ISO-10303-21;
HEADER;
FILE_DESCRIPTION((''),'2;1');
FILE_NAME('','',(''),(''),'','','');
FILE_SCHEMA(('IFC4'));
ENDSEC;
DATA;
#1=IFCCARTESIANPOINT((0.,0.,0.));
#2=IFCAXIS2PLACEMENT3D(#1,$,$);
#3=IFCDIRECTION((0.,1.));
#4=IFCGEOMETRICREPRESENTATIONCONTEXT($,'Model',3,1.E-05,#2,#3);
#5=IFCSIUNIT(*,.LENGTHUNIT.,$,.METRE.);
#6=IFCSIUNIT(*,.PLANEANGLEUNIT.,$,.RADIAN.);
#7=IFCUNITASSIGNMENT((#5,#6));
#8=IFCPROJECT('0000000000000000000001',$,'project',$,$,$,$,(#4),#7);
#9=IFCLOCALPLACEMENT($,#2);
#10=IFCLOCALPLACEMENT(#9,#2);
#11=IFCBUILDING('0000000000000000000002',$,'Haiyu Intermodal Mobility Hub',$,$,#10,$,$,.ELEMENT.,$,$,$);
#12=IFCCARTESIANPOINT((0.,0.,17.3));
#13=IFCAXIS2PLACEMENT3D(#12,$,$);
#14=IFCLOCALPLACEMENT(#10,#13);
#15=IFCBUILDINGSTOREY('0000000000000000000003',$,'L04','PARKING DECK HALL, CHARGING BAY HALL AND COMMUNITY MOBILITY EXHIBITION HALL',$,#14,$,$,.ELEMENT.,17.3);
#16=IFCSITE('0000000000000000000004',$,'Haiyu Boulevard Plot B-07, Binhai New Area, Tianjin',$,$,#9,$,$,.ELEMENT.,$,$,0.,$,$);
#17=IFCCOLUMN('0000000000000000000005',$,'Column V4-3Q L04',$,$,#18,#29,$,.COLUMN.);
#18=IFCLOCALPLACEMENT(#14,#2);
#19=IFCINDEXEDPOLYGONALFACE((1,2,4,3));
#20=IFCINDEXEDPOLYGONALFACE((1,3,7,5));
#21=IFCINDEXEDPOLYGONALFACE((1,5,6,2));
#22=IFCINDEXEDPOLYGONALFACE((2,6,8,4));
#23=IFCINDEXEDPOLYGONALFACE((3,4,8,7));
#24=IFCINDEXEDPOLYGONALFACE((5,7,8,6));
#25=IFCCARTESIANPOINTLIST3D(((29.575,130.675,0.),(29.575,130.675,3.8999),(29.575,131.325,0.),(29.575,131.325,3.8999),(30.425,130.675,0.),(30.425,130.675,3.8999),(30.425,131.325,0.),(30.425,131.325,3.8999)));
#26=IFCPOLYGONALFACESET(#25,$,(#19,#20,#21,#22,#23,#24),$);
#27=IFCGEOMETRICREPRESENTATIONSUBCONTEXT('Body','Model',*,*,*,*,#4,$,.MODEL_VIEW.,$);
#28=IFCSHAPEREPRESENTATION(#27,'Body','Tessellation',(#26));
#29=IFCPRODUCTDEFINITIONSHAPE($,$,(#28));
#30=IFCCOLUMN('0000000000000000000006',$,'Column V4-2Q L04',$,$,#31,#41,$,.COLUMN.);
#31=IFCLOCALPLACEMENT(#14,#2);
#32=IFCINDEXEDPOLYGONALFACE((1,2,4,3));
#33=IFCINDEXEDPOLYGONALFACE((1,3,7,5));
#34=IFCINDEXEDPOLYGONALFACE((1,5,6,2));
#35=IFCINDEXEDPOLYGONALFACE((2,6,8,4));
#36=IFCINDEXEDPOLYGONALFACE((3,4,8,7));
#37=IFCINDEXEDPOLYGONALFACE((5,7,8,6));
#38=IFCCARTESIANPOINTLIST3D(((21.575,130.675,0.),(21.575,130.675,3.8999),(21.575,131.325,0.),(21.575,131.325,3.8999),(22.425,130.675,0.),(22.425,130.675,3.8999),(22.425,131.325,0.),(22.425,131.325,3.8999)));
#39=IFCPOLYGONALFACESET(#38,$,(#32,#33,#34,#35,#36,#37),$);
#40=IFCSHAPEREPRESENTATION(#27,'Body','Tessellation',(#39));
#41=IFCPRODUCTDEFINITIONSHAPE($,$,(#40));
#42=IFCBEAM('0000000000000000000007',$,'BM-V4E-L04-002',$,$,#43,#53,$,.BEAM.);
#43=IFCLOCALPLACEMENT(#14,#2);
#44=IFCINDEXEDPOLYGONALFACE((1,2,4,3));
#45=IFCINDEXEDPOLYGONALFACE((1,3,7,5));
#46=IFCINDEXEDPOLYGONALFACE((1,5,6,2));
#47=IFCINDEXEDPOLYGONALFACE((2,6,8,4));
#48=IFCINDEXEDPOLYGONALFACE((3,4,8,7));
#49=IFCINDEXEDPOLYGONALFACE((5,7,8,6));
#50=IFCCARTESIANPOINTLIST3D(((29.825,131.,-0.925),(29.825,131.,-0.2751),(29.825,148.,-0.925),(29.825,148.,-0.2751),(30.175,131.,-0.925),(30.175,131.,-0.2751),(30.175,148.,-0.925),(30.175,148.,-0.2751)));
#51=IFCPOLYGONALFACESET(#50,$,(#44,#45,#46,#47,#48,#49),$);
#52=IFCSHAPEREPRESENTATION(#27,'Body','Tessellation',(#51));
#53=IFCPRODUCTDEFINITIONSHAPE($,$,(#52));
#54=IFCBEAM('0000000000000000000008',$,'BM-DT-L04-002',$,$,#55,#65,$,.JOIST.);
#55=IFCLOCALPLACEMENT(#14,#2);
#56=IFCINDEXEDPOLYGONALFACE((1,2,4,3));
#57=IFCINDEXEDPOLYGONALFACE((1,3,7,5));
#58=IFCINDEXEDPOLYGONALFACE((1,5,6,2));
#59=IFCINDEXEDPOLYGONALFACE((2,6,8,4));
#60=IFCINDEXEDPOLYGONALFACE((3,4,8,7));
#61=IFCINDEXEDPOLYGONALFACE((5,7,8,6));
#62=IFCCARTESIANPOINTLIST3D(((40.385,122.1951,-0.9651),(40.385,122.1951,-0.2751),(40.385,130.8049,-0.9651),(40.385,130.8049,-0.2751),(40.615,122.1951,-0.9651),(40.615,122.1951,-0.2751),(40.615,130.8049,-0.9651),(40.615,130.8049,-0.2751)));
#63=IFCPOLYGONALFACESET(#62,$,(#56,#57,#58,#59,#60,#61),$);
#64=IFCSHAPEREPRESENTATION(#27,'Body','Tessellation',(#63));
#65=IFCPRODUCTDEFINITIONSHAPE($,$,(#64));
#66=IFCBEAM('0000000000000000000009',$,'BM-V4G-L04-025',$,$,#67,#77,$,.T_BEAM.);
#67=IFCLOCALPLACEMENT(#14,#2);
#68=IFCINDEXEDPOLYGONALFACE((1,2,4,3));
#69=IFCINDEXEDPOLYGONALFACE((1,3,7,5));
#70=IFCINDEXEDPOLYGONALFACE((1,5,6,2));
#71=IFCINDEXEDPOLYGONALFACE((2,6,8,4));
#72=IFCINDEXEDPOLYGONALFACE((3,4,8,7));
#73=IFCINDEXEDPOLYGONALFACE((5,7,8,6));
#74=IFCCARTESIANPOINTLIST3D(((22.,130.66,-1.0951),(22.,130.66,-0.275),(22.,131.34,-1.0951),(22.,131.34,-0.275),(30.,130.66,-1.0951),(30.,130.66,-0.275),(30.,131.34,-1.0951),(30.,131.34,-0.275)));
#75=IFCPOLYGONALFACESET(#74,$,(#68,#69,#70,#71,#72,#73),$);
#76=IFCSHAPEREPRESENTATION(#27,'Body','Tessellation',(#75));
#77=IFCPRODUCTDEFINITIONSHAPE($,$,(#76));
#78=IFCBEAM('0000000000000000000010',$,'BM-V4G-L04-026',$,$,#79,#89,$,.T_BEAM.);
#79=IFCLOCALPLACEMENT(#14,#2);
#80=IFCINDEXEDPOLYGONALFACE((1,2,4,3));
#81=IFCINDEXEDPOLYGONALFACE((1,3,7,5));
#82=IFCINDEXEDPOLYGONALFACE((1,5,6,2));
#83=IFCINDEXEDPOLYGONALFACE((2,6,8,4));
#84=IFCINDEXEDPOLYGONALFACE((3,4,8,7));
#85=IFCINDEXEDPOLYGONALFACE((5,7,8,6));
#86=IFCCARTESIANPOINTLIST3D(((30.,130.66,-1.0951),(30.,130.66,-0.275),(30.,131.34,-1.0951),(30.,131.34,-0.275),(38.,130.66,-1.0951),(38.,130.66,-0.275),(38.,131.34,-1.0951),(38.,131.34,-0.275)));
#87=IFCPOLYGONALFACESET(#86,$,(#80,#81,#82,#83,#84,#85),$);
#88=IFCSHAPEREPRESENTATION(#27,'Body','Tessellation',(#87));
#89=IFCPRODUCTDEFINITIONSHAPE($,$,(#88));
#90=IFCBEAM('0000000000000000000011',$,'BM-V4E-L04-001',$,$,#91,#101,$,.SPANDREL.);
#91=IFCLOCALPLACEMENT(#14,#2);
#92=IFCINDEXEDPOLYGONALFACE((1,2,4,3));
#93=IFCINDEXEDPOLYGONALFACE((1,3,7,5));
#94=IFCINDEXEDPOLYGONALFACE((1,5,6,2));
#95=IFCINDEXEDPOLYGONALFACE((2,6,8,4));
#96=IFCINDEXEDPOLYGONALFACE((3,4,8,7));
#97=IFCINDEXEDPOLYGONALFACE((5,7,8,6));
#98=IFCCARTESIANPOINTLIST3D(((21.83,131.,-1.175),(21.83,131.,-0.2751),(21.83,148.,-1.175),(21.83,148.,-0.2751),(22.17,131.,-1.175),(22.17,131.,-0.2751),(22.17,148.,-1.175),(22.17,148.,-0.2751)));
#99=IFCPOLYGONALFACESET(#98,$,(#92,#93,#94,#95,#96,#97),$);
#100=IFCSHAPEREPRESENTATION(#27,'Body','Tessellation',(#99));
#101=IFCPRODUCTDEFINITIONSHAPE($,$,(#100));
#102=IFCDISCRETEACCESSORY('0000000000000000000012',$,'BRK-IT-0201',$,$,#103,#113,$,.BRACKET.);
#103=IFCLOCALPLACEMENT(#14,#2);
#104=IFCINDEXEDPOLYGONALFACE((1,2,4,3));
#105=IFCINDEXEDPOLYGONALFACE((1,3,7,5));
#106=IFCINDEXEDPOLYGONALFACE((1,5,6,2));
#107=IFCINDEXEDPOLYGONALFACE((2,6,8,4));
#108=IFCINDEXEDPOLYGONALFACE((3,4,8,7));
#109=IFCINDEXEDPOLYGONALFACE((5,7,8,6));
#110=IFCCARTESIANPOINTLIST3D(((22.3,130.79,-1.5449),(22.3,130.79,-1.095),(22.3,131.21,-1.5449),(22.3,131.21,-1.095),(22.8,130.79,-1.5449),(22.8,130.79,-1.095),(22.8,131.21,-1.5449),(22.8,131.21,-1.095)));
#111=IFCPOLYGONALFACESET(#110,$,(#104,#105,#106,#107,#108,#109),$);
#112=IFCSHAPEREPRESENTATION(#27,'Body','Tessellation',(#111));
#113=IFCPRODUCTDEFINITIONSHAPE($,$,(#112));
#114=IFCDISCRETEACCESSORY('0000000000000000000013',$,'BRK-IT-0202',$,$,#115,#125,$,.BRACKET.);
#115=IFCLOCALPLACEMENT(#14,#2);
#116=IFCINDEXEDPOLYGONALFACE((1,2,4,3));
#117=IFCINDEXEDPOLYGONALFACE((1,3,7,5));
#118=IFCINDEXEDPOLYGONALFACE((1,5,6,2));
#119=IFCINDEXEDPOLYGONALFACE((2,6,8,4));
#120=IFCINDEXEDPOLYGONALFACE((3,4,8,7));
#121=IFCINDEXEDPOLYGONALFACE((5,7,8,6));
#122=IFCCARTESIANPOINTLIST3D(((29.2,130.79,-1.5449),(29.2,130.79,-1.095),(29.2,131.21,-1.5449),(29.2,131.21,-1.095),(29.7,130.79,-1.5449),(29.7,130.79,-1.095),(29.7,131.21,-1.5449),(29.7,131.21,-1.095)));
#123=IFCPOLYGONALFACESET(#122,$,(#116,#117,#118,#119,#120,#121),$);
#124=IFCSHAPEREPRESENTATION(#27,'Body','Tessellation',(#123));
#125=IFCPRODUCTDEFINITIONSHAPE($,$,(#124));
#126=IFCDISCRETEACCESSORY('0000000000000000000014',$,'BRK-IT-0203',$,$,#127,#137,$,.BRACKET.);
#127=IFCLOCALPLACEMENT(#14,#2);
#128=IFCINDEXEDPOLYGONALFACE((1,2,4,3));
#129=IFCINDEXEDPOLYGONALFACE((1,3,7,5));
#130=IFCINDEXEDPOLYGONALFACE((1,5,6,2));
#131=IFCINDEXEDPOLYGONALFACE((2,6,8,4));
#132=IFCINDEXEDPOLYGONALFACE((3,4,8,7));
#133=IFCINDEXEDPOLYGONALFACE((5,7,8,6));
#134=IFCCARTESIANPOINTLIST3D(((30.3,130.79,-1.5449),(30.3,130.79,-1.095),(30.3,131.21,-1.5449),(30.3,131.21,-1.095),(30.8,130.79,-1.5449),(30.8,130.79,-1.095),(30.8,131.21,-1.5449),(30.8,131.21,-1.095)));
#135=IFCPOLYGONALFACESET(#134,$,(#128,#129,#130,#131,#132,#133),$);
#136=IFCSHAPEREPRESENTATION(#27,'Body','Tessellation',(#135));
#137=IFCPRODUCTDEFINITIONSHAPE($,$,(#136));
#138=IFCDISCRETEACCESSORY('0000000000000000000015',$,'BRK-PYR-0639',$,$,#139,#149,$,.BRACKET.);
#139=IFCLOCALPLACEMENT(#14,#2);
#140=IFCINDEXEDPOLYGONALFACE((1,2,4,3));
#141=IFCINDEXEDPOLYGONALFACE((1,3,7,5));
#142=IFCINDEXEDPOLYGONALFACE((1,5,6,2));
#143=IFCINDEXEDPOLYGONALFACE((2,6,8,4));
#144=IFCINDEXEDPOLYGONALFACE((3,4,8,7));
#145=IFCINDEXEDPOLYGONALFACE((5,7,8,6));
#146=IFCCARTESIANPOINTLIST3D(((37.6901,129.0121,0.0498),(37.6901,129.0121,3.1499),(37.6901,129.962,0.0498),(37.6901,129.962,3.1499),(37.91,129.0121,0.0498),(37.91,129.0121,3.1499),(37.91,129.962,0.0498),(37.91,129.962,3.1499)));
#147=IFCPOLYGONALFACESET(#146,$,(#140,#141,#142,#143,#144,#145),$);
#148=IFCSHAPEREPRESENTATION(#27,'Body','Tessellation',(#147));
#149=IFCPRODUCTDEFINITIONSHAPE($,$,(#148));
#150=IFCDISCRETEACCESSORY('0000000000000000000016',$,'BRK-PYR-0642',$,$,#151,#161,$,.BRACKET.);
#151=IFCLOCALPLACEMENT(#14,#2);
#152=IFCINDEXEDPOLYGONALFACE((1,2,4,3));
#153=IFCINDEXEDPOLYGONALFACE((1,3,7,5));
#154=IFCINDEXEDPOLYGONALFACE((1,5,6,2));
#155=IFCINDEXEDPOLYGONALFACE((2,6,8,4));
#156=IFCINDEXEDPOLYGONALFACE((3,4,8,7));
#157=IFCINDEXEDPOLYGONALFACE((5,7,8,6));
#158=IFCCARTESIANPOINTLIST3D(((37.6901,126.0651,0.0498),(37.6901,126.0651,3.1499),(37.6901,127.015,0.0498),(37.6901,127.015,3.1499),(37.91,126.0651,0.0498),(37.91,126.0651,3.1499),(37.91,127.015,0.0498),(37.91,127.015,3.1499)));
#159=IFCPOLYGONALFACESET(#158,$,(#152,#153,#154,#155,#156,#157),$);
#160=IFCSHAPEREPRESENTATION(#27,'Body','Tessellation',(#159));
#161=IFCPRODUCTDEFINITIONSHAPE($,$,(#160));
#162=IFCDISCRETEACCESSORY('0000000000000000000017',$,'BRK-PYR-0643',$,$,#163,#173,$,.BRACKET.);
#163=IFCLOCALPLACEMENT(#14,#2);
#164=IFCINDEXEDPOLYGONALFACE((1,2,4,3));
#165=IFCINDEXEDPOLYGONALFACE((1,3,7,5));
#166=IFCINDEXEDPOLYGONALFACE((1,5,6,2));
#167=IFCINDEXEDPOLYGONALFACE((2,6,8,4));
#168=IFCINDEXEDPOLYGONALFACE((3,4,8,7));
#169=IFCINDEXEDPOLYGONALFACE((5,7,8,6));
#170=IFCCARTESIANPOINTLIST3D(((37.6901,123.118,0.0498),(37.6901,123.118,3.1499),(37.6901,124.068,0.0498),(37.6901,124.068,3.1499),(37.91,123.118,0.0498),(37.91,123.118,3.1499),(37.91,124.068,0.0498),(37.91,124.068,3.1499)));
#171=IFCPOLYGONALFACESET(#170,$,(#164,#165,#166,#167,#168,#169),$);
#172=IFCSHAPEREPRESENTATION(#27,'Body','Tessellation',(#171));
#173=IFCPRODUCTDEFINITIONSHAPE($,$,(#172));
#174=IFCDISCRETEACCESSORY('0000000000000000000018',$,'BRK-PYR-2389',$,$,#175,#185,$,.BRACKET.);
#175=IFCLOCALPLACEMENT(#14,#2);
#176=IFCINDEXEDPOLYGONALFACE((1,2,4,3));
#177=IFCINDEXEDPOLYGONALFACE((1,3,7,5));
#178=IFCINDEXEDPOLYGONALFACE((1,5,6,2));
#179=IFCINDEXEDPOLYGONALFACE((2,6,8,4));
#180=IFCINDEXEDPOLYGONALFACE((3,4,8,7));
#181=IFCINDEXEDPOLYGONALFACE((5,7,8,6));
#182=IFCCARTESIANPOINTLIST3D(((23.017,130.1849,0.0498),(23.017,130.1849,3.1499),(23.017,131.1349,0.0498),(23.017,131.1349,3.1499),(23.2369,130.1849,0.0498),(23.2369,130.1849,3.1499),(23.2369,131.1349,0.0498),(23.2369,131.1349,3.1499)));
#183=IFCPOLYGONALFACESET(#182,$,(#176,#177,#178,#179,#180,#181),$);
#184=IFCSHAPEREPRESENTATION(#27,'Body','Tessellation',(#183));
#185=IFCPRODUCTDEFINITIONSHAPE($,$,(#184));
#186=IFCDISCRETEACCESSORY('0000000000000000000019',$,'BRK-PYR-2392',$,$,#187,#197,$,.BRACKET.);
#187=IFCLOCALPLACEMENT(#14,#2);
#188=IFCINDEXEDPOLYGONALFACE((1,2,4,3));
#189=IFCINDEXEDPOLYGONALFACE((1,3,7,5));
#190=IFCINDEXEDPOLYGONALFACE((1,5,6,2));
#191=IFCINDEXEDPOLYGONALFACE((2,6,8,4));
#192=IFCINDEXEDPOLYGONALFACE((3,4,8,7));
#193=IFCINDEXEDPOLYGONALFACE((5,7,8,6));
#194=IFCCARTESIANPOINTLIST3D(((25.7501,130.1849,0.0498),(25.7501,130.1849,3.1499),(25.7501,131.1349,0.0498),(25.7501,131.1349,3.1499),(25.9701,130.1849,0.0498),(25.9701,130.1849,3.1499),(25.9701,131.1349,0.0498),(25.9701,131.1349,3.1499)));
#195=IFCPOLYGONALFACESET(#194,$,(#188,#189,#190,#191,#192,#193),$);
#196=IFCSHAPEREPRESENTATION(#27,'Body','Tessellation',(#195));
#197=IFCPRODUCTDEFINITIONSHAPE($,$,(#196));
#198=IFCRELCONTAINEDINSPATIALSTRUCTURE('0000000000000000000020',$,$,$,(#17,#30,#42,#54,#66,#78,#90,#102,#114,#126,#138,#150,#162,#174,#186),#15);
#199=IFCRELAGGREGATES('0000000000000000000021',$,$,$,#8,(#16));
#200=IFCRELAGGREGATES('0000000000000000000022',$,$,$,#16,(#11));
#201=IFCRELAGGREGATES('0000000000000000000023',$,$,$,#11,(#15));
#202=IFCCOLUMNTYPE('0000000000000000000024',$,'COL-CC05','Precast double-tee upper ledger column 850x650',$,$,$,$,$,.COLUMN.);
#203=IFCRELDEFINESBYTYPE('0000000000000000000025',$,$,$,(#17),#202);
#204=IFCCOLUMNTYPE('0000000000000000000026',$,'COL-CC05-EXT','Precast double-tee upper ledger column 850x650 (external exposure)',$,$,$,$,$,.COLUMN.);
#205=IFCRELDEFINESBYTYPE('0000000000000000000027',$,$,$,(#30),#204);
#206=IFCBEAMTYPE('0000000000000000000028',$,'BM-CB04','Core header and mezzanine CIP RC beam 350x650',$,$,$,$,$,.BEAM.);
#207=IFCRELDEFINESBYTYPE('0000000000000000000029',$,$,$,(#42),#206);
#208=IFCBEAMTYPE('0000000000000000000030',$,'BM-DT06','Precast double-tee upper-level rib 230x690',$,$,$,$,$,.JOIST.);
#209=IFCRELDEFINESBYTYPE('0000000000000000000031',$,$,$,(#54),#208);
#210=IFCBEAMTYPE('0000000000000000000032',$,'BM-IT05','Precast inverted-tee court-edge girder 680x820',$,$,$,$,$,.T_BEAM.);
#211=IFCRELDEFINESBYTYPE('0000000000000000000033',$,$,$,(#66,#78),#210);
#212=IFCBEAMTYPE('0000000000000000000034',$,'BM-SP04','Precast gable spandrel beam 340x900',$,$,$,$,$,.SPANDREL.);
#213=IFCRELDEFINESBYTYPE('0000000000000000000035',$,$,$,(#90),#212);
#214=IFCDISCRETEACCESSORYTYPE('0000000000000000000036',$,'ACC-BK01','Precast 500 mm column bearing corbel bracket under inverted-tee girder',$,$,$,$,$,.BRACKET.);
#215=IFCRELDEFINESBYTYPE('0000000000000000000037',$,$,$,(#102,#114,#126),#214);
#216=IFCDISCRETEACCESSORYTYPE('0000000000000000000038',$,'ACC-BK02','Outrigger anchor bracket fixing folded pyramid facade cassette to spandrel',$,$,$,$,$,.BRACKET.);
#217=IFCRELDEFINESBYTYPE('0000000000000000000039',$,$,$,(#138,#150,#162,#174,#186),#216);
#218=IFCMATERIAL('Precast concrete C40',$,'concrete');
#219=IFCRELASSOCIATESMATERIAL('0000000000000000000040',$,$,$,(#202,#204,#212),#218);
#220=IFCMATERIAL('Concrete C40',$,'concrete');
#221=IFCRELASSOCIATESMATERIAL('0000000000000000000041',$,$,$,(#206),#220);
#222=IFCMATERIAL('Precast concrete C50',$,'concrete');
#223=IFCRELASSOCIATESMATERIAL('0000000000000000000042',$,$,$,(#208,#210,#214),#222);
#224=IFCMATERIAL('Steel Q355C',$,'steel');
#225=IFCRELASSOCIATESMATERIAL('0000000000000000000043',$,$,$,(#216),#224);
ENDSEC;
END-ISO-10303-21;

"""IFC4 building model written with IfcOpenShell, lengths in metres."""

from ifc_helpers import new_model, si_unit, direction, frame, origin, origin_2d, place, context, subcontext, project, spatial, rectangle, extrude, material, material_profile, profile_set, type_object, element, save


model = new_model("IFC4")

# Units and contexts
model_context = context("Model", 3, precision=1e-05, world=origin(), true_north=direction((0.0, 1.0)))
body_context = subcontext(model_context, "Body", "Model", "MODEL_VIEW")
ifc_project = project(units=[si_unit("LENGTHUNIT", "METRE"), si_unit("PLANEANGLEUNIT", "RADIAN")], contexts=[model_context])

# Site, building, storey
site_placement = place(None, origin())
site = spatial("IfcSite", under=ifc_project, at=site_placement, Name="Haiyu Boulevard Plot B-07, Binhai New Area, Tianjin", CompositionType="ELEMENT", RefElevation=0.0)
building_placement = place(site_placement, origin())
building = spatial("IfcBuilding", under=site, at=building_placement, Name="Haiyu Intermodal Mobility Hub", CompositionType="ELEMENT")
storey_placement = place(building_placement, frame((0.0, 0.0, 17.3)))
storey = spatial("IfcBuildingStorey", under=building, at=storey_placement, Name="L04", Description="PARKING DECK HALL, CHARGING BAY HALL AND COMMUNITY MOBILITY EXHIBITION HALL", CompositionType="ELEMENT", Elevation=17.3)

# Columns
ifc_material_1 = material(Name="Precast concrete C40", Category="concrete")
ifc_material_profile_1 = material_profile(ifc_material_1, rectangle(XDim=0.8501, YDim=0.6499, at=origin_2d()), Name="RC850x650")
ifc_profile_set_1 = profile_set([ifc_material_profile_1], Name="Precast concrete C40")
column_type_1 = type_object("IfcColumnType", Name="COL-CC05", Description="Precast double-tee upper ledger column 850x650", PredefinedType="COLUMN", material=ifc_profile_set_1)
column_1_placement = place(storey_placement, frame((30.0, 131.0, 0.0), z_axis=(0.0, 0.0, 1.0), x_axis=(1.0, 0.0, 0.0)))
element("IfcColumn", 1, at=column_1_placement, inside=storey, type_object=column_type_1, Name="Column V4-3Q L04", PredefinedType="COLUMN", context=body_context, shape_type="SweptSolid", body=[
    extrude(rectangle(XDim=0.8501, YDim=0.6499, at=origin_2d()), origin(), (0.0, 0.0, 1.0), 3.8999),
])
ifc_material_profile_2 = material_profile(ifc_material_1, rectangle(XDim=0.8501, YDim=0.6499, at=origin_2d()), Name="RC850x650")
ifc_profile_set_2 = profile_set([ifc_material_profile_2], Name="Precast concrete C40")
column_type_2 = type_object("IfcColumnType", Name="COL-CC05-EXT", Description="Precast double-tee upper ledger column 850x650 (external exposure)", PredefinedType="COLUMN", material=ifc_profile_set_2)
column_2_placement = place(storey_placement, frame((22.0, 131.0, 0.0), z_axis=(0.0, 0.0, 1.0), x_axis=(1.0, 0.0, 0.0)))
element("IfcColumn", 2, at=column_2_placement, inside=storey, type_object=column_type_2, Name="Column V4-2Q L04", PredefinedType="COLUMN", context=body_context, shape_type="SweptSolid", body=[
    extrude(rectangle(XDim=0.8501, YDim=0.6499, at=origin_2d()), origin(), (0.0, 0.0, 1.0), 3.8999),
])

# Beams
ifc_material_2 = material(Name="Concrete C40", Category="concrete")
ifc_material_profile_3 = material_profile(ifc_material_2, rectangle(XDim=0.3501, YDim=0.6499, at=origin_2d()), Name="RCB350x650")
ifc_profile_set_3 = profile_set([ifc_material_profile_3], Name="Concrete C40")
beam_type_1 = type_object("IfcBeamType", Name="BM-CB04", Description="Core header and mezzanine CIP RC beam 350x650", PredefinedType="BEAM", material=ifc_profile_set_3)
beam_1_placement = place(storey_placement, frame((30.0, 131.0, -0.6001), z_axis=(0.0, 1.0, 0.0), x_axis=(-1.0, 0.0, 0.0)))
element("IfcBeam", 3, at=beam_1_placement, inside=storey, type_object=beam_type_1, Name="BM-V4E-L04-002", PredefinedType="BEAM", context=body_context, shape_type="SweptSolid", body=[
    extrude(rectangle(XDim=0.3501, YDim=0.6499, at=origin_2d()), origin(), (0.0, 0.0, 1.0), 17.0),
])
ifc_material_3 = material(Name="Precast concrete C50", Category="concrete")
ifc_material_profile_4 = material_profile(ifc_material_3, rectangle(XDim=0.23, YDim=0.6899, at=origin_2d()), Name="B230x690")
ifc_profile_set_4 = profile_set([ifc_material_profile_4], Name="Precast concrete C50")
beam_type_2 = type_object("IfcBeamType", Name="BM-DT06", Description="Precast double-tee upper-level rib 230x690", PredefinedType="JOIST", material=ifc_profile_set_4)
beam_2_placement = place(storey_placement, frame((40.5, 122.1951, -0.6201), z_axis=(0.0, 1.0, 0.0), x_axis=(-1.0, 0.0, 0.0)))
element("IfcBeam", 4, at=beam_2_placement, inside=storey, type_object=beam_type_2, Name="BM-DT-L04-002", PredefinedType="JOIST", context=body_context, shape_type="SweptSolid", body=[
    extrude(rectangle(XDim=0.23, YDim=0.6899, at=origin_2d()), origin(), (0.0, 0.0, 1.0), 8.6099),
])
ifc_material_profile_5 = material_profile(ifc_material_3, rectangle(XDim=0.6799, YDim=0.8201, at=origin_2d()), Name="B680x820")
ifc_profile_set_5 = profile_set([ifc_material_profile_5], Name="Precast concrete C50")
beam_type_3 = type_object("IfcBeamType", Name="BM-IT05", Description="Precast inverted-tee court-edge girder 680x820", PredefinedType="T_BEAM", material=ifc_profile_set_5)
for number, where, z_axis, x_axis, name in (
    (5, (22.0, 131.0, -0.6851), (1.0, 0.0, 0.0), (0.0, 1.0, 0.0), "BM-V4G-L04-025"),
    (6, (30.0, 131.0, -0.6851), (1.0, 0.0, 0.0), (0.0, 1.0, 0.0), "BM-V4G-L04-026"),
):
    element("IfcBeam", number, at=place(storey_placement, frame(where, z_axis=z_axis, x_axis=x_axis)), inside=storey, type_object=beam_type_3, Name=name, PredefinedType="T_BEAM", context=body_context, shape_type="SweptSolid", body=[
        extrude(rectangle(XDim=0.6799, YDim=0.8201, at=origin_2d()), origin(), (0.0, 0.0, 1.0), 8.0),
    ])
ifc_material_profile_6 = material_profile(ifc_material_1, rectangle(XDim=0.3401, YDim=0.8999, at=origin_2d()), Name="B340x900")
ifc_profile_set_6 = profile_set([ifc_material_profile_6], Name="Precast concrete C40")
beam_type_4 = type_object("IfcBeamType", Name="BM-SP04", Description="Precast gable spandrel beam 340x900", PredefinedType="SPANDREL", material=ifc_profile_set_6)
beam_3_placement = place(storey_placement, frame((22.0, 131.0, -0.7251), z_axis=(0.0, 1.0, 0.0), x_axis=(-1.0, 0.0, 0.0)))
element("IfcBeam", 7, at=beam_3_placement, inside=storey, type_object=beam_type_4, Name="BM-V4E-L04-001", PredefinedType="SPANDREL", context=body_context, shape_type="SweptSolid", body=[
    extrude(rectangle(XDim=0.3401, YDim=0.8999, at=origin_2d()), origin(), (0.0, 0.0, 1.0), 17.0),
])

# Shared definitions
ifc_material_4 = material(Name="Steel Q355C", Category="steel")

# Discrete accessories
discrete_accessory_type_1 = type_object("IfcDiscreteAccessoryType", Name="ACC-BK01", Description="Precast 500 mm column bearing corbel bracket under inverted-tee girder", PredefinedType="BRACKET", material=ifc_material_3)
for number, where, z_axis, x_axis, name in (
    (8, (22.55, 131.0, -1.5449), (0.0, 0.0, 1.0), (1.0, 0.0, 0.0), "BRK-IT-0201"),
    (9, (29.45, 131.0, -1.5449), (0.0, 0.0, 1.0), (1.0, 0.0, 0.0), "BRK-IT-0202"),
    (10, (30.55, 131.0, -1.5449), (0.0, 0.0, 1.0), (1.0, 0.0, 0.0), "BRK-IT-0203"),
):
    element("IfcDiscreteAccessory", number, at=place(storey_placement, frame(where, z_axis=z_axis, x_axis=x_axis)), inside=storey, type_object=discrete_accessory_type_1, Name=name, PredefinedType="BRACKET", context=body_context, shape_type="SweptSolid", body=[
        extrude(rectangle(XDim=0.5, YDim=0.4199, at=origin_2d()), origin(), (0.0, 0.0, 1.0), 0.45),
    ])
discrete_accessory_type_2 = type_object("IfcDiscreteAccessoryType", Name="ACC-BK02", Description="Outrigger anchor bracket fixing folded pyramid facade cassette to spandrel", PredefinedType="BRACKET", material=ifc_material_4)
for number, where, z_axis, x_axis, name in (
    (11, (37.8, 129.4871, 0.0498), (0.0, 0.0, 1.0), (1.0, 0.0, 0.0), "BRK-PYR-0639"),
    (12, (37.8, 126.54, 0.0498), (0.0, 0.0, 1.0), (1.0, 0.0, 0.0), "BRK-PYR-0642"),
    (13, (37.8, 123.593, 0.0498), (0.0, 0.0, 1.0), (1.0, 0.0, 0.0), "BRK-PYR-0643"),
    (14, (23.127, 130.6599, 0.0498), (0.0, 0.0, 1.0), (1.0, 0.0, 0.0), "BRK-PYR-2389"),
    (15, (25.8601, 130.6599, 0.0498), (0.0, 0.0, 1.0), (1.0, 0.0, 0.0), "BRK-PYR-2392"),
):
    element("IfcDiscreteAccessory", number, at=place(storey_placement, frame(where, z_axis=z_axis, x_axis=x_axis)), inside=storey, type_object=discrete_accessory_type_2, Name=name, PredefinedType="BRACKET", context=body_context, shape_type="SweptSolid", body=[
        extrude(rectangle(XDim=0.22, YDim=0.95, at=origin_2d()), origin(), (0.0, 0.0, 1.0), 3.1001),
    ])

save(model, "model.ifc")
